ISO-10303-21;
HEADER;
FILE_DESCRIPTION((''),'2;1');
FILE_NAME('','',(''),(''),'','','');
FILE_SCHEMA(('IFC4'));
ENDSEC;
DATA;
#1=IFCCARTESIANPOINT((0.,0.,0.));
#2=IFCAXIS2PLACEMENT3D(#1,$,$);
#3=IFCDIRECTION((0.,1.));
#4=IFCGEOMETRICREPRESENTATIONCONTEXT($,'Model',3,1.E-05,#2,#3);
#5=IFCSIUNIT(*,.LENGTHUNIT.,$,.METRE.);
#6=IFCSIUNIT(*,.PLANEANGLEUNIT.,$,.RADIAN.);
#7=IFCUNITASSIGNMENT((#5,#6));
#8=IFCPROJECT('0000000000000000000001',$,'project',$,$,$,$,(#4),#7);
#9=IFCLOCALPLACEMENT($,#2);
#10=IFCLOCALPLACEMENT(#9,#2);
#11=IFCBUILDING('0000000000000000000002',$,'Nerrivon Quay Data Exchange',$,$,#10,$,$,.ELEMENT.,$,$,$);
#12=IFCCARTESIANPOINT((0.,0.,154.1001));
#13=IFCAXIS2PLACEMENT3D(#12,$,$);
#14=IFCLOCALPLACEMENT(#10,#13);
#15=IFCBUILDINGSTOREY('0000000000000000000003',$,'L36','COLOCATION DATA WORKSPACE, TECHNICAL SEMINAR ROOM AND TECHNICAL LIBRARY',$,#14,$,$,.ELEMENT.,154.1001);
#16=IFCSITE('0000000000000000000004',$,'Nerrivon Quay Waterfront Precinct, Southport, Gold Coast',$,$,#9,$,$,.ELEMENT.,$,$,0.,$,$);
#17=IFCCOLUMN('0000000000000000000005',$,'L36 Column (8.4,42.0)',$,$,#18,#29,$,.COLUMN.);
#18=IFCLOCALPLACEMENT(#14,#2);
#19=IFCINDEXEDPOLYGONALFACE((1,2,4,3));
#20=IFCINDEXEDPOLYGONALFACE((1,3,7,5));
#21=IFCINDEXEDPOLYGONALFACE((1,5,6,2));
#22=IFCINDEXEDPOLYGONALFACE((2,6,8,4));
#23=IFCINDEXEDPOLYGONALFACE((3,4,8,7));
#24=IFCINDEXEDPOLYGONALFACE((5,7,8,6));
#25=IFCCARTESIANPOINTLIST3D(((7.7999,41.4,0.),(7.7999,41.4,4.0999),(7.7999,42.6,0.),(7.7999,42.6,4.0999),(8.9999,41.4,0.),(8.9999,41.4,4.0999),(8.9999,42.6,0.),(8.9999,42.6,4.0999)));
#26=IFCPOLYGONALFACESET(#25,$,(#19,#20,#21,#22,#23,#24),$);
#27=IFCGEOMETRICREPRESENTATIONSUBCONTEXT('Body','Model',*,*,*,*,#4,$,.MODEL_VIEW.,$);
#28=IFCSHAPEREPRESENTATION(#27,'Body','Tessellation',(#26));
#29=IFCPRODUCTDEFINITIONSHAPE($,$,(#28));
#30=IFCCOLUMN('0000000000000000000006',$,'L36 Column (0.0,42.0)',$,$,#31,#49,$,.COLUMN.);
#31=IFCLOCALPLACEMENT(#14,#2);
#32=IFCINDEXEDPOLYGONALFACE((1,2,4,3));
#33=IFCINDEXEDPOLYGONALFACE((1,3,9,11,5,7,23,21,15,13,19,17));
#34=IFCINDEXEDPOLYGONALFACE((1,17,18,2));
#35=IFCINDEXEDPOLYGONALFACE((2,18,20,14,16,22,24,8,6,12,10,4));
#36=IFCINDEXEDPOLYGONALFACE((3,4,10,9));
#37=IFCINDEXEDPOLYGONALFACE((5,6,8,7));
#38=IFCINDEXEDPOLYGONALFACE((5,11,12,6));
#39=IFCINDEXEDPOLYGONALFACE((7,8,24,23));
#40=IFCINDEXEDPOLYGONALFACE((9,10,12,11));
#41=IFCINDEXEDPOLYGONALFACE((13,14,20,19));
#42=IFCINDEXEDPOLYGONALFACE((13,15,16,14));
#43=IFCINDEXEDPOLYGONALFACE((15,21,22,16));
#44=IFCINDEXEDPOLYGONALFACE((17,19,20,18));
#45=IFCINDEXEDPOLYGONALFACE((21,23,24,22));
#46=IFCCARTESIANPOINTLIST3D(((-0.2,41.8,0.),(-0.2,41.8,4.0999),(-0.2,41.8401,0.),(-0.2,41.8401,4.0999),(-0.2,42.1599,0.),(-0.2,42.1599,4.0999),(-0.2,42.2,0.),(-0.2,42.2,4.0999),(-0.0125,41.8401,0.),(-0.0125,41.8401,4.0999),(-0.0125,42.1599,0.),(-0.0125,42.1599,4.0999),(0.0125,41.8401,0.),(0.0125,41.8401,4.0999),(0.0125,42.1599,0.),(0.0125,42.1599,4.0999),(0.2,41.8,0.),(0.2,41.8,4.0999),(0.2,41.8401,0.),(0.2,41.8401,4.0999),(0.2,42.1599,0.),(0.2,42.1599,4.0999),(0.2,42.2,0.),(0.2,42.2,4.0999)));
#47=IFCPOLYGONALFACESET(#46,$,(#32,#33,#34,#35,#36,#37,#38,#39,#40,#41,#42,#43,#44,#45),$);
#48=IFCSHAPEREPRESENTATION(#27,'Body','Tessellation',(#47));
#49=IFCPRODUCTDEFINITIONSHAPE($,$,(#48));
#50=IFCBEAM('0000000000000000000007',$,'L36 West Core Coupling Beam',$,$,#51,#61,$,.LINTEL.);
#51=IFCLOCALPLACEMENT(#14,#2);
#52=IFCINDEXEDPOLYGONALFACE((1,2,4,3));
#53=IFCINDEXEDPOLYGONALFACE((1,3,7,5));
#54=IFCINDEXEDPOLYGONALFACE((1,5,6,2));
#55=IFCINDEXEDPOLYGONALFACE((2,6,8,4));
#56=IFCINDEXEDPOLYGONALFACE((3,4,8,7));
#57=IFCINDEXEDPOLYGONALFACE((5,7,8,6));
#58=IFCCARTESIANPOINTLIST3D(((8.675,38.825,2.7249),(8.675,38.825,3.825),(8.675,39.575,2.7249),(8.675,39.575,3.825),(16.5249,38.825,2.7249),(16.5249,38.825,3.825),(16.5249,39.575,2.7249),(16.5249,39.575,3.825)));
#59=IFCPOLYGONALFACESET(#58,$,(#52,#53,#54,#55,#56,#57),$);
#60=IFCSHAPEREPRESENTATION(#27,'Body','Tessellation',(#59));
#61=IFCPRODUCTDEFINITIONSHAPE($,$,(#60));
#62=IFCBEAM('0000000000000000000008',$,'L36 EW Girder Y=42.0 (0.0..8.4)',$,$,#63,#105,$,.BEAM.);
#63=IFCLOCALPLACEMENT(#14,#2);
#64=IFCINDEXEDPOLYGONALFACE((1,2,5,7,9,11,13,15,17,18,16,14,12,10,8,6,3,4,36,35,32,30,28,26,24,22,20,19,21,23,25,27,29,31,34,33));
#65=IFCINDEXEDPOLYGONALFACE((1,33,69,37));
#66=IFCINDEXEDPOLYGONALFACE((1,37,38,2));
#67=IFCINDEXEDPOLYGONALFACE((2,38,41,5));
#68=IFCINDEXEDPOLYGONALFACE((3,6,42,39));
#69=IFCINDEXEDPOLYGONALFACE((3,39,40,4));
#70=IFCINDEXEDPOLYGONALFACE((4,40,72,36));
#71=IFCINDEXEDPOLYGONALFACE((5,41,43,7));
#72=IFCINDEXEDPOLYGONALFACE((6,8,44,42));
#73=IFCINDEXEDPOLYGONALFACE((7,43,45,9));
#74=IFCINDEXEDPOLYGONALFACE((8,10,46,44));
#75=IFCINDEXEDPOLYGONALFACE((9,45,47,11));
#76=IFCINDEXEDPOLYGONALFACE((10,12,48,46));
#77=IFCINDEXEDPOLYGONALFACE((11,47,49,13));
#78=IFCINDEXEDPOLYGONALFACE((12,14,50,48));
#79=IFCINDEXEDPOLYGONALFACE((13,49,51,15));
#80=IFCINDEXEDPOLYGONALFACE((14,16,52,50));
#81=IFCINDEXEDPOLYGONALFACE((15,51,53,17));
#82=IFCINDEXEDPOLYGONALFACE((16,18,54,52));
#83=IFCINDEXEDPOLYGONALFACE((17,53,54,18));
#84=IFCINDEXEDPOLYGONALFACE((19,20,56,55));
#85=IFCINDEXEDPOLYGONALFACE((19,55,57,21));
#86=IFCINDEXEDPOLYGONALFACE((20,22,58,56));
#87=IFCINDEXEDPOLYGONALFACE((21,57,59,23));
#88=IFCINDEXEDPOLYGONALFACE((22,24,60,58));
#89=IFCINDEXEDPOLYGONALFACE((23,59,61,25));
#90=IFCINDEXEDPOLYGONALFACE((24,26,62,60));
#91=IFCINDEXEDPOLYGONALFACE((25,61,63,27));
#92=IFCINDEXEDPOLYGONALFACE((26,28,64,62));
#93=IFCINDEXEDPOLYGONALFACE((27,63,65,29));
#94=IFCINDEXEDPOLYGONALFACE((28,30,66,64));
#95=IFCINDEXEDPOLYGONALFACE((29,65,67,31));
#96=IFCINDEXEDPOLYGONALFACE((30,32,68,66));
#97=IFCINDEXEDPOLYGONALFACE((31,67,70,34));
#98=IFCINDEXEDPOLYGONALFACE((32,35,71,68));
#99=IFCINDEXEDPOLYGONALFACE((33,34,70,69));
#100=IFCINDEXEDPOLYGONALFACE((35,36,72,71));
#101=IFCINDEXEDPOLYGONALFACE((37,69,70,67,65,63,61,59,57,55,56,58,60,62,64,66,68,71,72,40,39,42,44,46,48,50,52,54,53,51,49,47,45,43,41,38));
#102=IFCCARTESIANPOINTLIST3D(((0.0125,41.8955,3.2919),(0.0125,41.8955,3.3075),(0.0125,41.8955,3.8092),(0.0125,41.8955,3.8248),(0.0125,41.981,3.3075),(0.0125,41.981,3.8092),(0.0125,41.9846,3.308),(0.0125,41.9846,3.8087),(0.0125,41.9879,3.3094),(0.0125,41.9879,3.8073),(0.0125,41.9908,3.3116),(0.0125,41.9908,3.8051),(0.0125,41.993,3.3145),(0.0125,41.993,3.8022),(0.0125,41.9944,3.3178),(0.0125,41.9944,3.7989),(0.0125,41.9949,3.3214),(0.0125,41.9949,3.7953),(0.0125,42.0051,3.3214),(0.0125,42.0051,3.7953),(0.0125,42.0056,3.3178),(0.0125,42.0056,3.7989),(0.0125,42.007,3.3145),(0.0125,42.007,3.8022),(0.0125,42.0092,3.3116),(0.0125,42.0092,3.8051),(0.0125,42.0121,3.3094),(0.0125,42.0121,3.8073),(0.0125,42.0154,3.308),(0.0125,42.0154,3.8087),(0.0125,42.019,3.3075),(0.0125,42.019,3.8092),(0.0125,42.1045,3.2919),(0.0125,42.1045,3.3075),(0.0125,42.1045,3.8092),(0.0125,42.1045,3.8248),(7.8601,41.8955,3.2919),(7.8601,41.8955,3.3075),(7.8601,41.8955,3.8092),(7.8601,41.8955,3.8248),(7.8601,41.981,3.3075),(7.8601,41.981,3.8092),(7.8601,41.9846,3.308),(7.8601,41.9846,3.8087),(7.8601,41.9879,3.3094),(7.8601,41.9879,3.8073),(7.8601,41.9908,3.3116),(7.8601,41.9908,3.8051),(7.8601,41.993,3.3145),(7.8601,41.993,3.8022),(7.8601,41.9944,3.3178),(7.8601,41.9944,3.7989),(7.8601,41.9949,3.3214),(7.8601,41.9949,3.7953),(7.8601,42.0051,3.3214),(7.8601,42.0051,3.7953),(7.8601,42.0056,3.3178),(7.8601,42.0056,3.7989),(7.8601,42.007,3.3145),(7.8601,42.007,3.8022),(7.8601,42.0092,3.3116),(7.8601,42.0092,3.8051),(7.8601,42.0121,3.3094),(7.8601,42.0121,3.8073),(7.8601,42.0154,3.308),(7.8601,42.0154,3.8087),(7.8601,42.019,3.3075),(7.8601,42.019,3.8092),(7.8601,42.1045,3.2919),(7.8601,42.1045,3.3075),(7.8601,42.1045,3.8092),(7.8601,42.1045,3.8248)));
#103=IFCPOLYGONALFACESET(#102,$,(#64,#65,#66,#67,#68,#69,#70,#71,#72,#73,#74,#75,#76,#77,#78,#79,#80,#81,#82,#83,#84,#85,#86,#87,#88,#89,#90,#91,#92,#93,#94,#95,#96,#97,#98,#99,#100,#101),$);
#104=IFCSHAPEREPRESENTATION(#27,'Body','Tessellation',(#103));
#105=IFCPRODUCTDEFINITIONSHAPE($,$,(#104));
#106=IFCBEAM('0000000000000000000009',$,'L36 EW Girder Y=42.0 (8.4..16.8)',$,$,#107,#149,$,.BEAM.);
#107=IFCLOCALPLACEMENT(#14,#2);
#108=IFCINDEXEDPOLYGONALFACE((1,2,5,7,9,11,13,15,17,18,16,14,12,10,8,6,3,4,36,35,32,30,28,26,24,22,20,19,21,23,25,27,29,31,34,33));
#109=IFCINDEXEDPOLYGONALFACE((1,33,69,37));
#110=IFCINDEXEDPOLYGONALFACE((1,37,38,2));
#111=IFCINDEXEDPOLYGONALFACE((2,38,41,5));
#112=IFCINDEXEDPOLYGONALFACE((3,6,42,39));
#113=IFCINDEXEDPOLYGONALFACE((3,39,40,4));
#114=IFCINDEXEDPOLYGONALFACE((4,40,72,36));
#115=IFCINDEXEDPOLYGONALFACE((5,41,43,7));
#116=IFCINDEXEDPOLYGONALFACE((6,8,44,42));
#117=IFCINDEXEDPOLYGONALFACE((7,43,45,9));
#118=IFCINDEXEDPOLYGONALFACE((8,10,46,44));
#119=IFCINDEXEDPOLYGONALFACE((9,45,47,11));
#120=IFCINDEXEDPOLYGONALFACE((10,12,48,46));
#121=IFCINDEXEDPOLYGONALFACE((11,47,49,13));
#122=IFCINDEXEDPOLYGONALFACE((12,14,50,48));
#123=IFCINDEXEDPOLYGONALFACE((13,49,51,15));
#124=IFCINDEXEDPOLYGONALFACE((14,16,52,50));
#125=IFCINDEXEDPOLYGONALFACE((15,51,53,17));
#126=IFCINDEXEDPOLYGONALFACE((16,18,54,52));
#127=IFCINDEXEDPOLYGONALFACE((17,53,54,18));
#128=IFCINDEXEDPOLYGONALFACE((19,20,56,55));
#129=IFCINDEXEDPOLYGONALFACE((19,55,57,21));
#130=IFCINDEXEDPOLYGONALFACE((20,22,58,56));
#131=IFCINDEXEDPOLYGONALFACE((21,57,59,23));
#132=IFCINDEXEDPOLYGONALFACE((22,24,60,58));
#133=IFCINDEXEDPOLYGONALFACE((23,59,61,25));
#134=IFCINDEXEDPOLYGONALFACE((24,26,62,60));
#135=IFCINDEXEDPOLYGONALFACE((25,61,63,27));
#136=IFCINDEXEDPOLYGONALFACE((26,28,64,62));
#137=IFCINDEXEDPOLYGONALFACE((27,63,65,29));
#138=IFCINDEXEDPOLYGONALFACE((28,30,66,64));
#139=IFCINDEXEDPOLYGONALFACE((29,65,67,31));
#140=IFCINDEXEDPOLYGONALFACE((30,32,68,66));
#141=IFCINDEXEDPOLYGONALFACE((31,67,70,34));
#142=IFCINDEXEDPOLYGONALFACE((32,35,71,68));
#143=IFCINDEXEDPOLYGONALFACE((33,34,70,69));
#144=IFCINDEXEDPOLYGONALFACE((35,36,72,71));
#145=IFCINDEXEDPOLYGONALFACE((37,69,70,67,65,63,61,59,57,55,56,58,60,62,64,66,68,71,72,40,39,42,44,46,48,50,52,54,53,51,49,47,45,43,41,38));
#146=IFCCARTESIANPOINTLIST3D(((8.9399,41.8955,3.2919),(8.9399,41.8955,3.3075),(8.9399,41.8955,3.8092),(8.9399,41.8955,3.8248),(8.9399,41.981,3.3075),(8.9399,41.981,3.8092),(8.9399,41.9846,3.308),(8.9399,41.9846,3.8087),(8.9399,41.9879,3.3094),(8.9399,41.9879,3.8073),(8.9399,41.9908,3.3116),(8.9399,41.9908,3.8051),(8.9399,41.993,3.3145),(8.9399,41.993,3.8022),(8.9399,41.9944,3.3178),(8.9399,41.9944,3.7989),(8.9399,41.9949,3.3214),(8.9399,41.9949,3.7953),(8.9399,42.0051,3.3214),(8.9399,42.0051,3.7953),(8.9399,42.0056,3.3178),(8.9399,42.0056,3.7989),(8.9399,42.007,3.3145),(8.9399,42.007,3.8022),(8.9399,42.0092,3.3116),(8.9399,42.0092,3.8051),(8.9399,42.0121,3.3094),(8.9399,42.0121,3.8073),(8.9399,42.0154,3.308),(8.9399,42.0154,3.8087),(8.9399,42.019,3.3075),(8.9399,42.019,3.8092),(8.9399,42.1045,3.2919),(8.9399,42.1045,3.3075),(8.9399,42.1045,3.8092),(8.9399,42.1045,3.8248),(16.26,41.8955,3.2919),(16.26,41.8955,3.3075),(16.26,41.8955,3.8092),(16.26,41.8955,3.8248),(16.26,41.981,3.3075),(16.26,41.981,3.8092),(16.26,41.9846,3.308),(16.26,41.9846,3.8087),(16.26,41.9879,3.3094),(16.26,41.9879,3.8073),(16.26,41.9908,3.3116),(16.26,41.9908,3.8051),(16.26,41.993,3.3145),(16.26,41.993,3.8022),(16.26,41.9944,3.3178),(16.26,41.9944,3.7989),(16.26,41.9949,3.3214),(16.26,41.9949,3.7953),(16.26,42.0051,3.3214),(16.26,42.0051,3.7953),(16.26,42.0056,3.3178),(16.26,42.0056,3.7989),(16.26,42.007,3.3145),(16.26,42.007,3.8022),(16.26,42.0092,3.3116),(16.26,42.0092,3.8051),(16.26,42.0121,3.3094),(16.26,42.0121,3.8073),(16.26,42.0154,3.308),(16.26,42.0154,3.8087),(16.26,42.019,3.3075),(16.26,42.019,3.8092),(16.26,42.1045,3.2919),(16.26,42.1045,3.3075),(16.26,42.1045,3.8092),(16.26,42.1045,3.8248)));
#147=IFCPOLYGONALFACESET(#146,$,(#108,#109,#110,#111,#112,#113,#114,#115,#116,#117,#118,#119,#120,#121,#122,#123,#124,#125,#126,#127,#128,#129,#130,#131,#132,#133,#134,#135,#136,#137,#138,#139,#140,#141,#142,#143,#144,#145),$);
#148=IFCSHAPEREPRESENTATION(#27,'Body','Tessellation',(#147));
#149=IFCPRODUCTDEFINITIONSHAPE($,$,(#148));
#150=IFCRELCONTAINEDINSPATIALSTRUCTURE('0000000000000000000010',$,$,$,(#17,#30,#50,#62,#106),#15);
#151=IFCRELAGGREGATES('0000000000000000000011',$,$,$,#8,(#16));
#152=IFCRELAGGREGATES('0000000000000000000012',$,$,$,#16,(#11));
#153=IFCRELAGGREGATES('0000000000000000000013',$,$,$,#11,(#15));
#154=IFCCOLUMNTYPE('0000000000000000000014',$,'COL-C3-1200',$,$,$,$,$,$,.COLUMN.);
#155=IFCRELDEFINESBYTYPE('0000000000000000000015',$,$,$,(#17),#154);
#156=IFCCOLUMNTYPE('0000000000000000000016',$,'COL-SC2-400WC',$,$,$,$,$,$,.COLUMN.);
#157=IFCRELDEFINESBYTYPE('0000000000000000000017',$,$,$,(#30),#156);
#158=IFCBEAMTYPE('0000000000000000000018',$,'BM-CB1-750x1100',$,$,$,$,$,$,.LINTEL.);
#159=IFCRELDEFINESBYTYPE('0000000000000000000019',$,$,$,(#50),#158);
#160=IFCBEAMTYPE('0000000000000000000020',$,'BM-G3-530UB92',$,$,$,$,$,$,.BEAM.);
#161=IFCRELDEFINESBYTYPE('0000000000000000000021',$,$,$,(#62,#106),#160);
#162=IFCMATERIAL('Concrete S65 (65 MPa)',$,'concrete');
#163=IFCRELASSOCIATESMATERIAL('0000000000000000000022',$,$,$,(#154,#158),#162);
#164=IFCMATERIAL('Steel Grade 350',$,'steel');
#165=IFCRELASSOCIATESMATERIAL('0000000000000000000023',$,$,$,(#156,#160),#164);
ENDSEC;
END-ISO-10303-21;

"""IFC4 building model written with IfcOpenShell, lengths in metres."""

from ifc_helpers import new_model, si_unit, direction, frame, origin, origin_2d, place, context, subcontext, project, spatial, rectangle, i_section, extrude, material, material_profile, profile_set, type_object, element, save


model = new_model("IFC4")

# Units and contexts
model_context = context("Model", 3, precision=1e-05, world=origin(), true_north=direction((0.0, 1.0)))
body_context = subcontext(model_context, "Body", "Model", "MODEL_VIEW")
ifc_project = project(units=[si_unit("LENGTHUNIT", "METRE"), si_unit("PLANEANGLEUNIT", "RADIAN")], contexts=[model_context])

# Site, building, storey
site_placement = place(None, origin())
site = spatial("IfcSite", under=ifc_project, at=site_placement, Name="Nerrivon Quay Waterfront Precinct, Southport, Gold Coast", CompositionType="ELEMENT", RefElevation=0.0)
building_placement = place(site_placement, origin())
building = spatial("IfcBuilding", under=site, at=building_placement, Name="Nerrivon Quay Data Exchange", CompositionType="ELEMENT")
storey_placement = place(building_placement, frame((0.0, 0.0, 154.1001)))
storey = spatial("IfcBuildingStorey", under=building, at=storey_placement, Name="L36", Description="COLOCATION DATA WORKSPACE, TECHNICAL SEMINAR ROOM AND TECHNICAL LIBRARY", CompositionType="ELEMENT", Elevation=154.1001)

# Columns
ifc_material_1 = material(Name="Concrete S65 (65 MPa)", Category="concrete")
ifc_material_profile_1 = material_profile(ifc_material_1, rectangle(XDim=1.2, YDim=1.2, at=origin_2d()), Name="RC-COL-1200x1200")
ifc_profile_set_1 = profile_set([ifc_material_profile_1], Name="Concrete S65 (65 MPa)")
column_type_1 = type_object("IfcColumnType", Name="COL-C3-1200", PredefinedType="COLUMN", material=ifc_profile_set_1)
column_1_placement = place(storey_placement, frame((8.3999, 42.0, 0.0), z_axis=(0.0, 0.0, 1.0), x_axis=(1.0, 0.0, 0.0)))
element("IfcColumn", 1, at=column_1_placement, inside=storey, type_object=column_type_1, Name="L36 Column (8.4,42.0)", PredefinedType="COLUMN", context=body_context, shape_type="SweptSolid", body=[
    extrude(rectangle(XDim=1.2, YDim=1.2, at=origin_2d()), origin(), (0.0, 0.0, 1.0), 4.0999),
])
ifc_material_2 = material(Name="Steel Grade 350", Category="steel")
ifc_material_profile_2 = material_profile(ifc_material_2, i_section(OverallWidth=0.3999, OverallDepth=0.3999, WebThickness=0.0249, FlangeThickness=0.04, at=origin_2d()), Name="400WC328")
ifc_profile_set_2 = profile_set([ifc_material_profile_2], Name="Steel Grade 350")
column_type_2 = type_object("IfcColumnType", Name="COL-SC2-400WC", PredefinedType="COLUMN", material=ifc_profile_set_2)
column_2_placement = place(storey_placement, frame((0.0, 42.0, 0.0), z_axis=(0.0, 0.0, 1.0), x_axis=(1.0, 0.0, 0.0)))
element("IfcColumn", 2, at=column_2_placement, inside=storey, type_object=column_type_2, Name="L36 Column (0.0,42.0)", PredefinedType="COLUMN", context=body_context, shape_type="SweptSolid", body=[
    extrude(i_section(OverallWidth=0.3999, OverallDepth=0.3999, WebThickness=0.0249, FlangeThickness=0.04, at=origin_2d()), origin(), (0.0, 0.0, 1.0), 4.0999),
])

# Beams
ifc_material_profile_3 = material_profile(ifc_material_1, rectangle(XDim=0.75, YDim=1.1001, at=origin_2d()), Name="RC-CB-750x1100")
ifc_profile_set_3 = profile_set([ifc_material_profile_3], Name="Concrete S65 (65 MPa)")
beam_type_1 = type_object("IfcBeamType", Name="BM-CB1-750x1100", PredefinedType="LINTEL", material=ifc_profile_set_3)
beam_1_placement = place(storey_placement, frame((8.675, 39.2, 3.2749), z_axis=(1.0, 0.0, 0.0), x_axis=(0.0, 1.0, 0.0)))
element("IfcBeam", 3, at=beam_1_placement, inside=storey, type_object=beam_type_1, Name="L36 West Core Coupling Beam", PredefinedType="LINTEL", context=body_context, shape_type="SweptSolid", body=[
    extrude(rectangle(XDim=0.75, YDim=1.1001, at=origin_2d()), origin(), (0.0, 0.0, 1.0), 7.8499),
])
ifc_material_profile_4 = material_profile(ifc_material_2, i_section(OverallWidth=0.209, OverallDepth=0.533, WebThickness=0.0103, FlangeThickness=0.0156, FilletRadius=0.0139, at=origin_2d()), Name="530UB92.4")
ifc_profile_set_4 = profile_set([ifc_material_profile_4], Name="Steel Grade 350")
beam_type_2 = type_object("IfcBeamType", Name="BM-G3-530UB92", PredefinedType="BEAM", material=ifc_profile_set_4)
beam_2_placement = place(storey_placement, frame((0.0125, 42.0, 3.5583), z_axis=(1.0, 0.0, 0.0), x_axis=(0.0, 1.0, 0.0)))
element("IfcBeam", 4, at=beam_2_placement, inside=storey, type_object=beam_type_2, Name="L36 EW Girder Y=42.0 (0.0..8.4)", PredefinedType="BEAM", context=body_context, shape_type="SweptSolid", body=[
    extrude(i_section(OverallWidth=0.209, OverallDepth=0.533, WebThickness=0.0103, FlangeThickness=0.0156, FilletRadius=0.0139, at=origin_2d()), origin(), (0.0, 0.0, 1.0), 7.8477),
])
beam_3_placement = place(storey_placement, frame((8.9399, 42.0, 3.5583), z_axis=(1.0, 0.0, 0.0), x_axis=(0.0, 1.0, 0.0)))
element("IfcBeam", 5, at=beam_3_placement, inside=storey, type_object=beam_type_2, Name="L36 EW Girder Y=42.0 (8.4..16.8)", PredefinedType="BEAM", context=body_context, shape_type="SweptSolid", body=[
    extrude(i_section(OverallWidth=0.209, OverallDepth=0.533, WebThickness=0.0103, FlangeThickness=0.0156, FilletRadius=0.0139, at=origin_2d()), origin(), (0.0, 0.0, 1.0), 7.3201),
])

save(model, "model.ifc")
